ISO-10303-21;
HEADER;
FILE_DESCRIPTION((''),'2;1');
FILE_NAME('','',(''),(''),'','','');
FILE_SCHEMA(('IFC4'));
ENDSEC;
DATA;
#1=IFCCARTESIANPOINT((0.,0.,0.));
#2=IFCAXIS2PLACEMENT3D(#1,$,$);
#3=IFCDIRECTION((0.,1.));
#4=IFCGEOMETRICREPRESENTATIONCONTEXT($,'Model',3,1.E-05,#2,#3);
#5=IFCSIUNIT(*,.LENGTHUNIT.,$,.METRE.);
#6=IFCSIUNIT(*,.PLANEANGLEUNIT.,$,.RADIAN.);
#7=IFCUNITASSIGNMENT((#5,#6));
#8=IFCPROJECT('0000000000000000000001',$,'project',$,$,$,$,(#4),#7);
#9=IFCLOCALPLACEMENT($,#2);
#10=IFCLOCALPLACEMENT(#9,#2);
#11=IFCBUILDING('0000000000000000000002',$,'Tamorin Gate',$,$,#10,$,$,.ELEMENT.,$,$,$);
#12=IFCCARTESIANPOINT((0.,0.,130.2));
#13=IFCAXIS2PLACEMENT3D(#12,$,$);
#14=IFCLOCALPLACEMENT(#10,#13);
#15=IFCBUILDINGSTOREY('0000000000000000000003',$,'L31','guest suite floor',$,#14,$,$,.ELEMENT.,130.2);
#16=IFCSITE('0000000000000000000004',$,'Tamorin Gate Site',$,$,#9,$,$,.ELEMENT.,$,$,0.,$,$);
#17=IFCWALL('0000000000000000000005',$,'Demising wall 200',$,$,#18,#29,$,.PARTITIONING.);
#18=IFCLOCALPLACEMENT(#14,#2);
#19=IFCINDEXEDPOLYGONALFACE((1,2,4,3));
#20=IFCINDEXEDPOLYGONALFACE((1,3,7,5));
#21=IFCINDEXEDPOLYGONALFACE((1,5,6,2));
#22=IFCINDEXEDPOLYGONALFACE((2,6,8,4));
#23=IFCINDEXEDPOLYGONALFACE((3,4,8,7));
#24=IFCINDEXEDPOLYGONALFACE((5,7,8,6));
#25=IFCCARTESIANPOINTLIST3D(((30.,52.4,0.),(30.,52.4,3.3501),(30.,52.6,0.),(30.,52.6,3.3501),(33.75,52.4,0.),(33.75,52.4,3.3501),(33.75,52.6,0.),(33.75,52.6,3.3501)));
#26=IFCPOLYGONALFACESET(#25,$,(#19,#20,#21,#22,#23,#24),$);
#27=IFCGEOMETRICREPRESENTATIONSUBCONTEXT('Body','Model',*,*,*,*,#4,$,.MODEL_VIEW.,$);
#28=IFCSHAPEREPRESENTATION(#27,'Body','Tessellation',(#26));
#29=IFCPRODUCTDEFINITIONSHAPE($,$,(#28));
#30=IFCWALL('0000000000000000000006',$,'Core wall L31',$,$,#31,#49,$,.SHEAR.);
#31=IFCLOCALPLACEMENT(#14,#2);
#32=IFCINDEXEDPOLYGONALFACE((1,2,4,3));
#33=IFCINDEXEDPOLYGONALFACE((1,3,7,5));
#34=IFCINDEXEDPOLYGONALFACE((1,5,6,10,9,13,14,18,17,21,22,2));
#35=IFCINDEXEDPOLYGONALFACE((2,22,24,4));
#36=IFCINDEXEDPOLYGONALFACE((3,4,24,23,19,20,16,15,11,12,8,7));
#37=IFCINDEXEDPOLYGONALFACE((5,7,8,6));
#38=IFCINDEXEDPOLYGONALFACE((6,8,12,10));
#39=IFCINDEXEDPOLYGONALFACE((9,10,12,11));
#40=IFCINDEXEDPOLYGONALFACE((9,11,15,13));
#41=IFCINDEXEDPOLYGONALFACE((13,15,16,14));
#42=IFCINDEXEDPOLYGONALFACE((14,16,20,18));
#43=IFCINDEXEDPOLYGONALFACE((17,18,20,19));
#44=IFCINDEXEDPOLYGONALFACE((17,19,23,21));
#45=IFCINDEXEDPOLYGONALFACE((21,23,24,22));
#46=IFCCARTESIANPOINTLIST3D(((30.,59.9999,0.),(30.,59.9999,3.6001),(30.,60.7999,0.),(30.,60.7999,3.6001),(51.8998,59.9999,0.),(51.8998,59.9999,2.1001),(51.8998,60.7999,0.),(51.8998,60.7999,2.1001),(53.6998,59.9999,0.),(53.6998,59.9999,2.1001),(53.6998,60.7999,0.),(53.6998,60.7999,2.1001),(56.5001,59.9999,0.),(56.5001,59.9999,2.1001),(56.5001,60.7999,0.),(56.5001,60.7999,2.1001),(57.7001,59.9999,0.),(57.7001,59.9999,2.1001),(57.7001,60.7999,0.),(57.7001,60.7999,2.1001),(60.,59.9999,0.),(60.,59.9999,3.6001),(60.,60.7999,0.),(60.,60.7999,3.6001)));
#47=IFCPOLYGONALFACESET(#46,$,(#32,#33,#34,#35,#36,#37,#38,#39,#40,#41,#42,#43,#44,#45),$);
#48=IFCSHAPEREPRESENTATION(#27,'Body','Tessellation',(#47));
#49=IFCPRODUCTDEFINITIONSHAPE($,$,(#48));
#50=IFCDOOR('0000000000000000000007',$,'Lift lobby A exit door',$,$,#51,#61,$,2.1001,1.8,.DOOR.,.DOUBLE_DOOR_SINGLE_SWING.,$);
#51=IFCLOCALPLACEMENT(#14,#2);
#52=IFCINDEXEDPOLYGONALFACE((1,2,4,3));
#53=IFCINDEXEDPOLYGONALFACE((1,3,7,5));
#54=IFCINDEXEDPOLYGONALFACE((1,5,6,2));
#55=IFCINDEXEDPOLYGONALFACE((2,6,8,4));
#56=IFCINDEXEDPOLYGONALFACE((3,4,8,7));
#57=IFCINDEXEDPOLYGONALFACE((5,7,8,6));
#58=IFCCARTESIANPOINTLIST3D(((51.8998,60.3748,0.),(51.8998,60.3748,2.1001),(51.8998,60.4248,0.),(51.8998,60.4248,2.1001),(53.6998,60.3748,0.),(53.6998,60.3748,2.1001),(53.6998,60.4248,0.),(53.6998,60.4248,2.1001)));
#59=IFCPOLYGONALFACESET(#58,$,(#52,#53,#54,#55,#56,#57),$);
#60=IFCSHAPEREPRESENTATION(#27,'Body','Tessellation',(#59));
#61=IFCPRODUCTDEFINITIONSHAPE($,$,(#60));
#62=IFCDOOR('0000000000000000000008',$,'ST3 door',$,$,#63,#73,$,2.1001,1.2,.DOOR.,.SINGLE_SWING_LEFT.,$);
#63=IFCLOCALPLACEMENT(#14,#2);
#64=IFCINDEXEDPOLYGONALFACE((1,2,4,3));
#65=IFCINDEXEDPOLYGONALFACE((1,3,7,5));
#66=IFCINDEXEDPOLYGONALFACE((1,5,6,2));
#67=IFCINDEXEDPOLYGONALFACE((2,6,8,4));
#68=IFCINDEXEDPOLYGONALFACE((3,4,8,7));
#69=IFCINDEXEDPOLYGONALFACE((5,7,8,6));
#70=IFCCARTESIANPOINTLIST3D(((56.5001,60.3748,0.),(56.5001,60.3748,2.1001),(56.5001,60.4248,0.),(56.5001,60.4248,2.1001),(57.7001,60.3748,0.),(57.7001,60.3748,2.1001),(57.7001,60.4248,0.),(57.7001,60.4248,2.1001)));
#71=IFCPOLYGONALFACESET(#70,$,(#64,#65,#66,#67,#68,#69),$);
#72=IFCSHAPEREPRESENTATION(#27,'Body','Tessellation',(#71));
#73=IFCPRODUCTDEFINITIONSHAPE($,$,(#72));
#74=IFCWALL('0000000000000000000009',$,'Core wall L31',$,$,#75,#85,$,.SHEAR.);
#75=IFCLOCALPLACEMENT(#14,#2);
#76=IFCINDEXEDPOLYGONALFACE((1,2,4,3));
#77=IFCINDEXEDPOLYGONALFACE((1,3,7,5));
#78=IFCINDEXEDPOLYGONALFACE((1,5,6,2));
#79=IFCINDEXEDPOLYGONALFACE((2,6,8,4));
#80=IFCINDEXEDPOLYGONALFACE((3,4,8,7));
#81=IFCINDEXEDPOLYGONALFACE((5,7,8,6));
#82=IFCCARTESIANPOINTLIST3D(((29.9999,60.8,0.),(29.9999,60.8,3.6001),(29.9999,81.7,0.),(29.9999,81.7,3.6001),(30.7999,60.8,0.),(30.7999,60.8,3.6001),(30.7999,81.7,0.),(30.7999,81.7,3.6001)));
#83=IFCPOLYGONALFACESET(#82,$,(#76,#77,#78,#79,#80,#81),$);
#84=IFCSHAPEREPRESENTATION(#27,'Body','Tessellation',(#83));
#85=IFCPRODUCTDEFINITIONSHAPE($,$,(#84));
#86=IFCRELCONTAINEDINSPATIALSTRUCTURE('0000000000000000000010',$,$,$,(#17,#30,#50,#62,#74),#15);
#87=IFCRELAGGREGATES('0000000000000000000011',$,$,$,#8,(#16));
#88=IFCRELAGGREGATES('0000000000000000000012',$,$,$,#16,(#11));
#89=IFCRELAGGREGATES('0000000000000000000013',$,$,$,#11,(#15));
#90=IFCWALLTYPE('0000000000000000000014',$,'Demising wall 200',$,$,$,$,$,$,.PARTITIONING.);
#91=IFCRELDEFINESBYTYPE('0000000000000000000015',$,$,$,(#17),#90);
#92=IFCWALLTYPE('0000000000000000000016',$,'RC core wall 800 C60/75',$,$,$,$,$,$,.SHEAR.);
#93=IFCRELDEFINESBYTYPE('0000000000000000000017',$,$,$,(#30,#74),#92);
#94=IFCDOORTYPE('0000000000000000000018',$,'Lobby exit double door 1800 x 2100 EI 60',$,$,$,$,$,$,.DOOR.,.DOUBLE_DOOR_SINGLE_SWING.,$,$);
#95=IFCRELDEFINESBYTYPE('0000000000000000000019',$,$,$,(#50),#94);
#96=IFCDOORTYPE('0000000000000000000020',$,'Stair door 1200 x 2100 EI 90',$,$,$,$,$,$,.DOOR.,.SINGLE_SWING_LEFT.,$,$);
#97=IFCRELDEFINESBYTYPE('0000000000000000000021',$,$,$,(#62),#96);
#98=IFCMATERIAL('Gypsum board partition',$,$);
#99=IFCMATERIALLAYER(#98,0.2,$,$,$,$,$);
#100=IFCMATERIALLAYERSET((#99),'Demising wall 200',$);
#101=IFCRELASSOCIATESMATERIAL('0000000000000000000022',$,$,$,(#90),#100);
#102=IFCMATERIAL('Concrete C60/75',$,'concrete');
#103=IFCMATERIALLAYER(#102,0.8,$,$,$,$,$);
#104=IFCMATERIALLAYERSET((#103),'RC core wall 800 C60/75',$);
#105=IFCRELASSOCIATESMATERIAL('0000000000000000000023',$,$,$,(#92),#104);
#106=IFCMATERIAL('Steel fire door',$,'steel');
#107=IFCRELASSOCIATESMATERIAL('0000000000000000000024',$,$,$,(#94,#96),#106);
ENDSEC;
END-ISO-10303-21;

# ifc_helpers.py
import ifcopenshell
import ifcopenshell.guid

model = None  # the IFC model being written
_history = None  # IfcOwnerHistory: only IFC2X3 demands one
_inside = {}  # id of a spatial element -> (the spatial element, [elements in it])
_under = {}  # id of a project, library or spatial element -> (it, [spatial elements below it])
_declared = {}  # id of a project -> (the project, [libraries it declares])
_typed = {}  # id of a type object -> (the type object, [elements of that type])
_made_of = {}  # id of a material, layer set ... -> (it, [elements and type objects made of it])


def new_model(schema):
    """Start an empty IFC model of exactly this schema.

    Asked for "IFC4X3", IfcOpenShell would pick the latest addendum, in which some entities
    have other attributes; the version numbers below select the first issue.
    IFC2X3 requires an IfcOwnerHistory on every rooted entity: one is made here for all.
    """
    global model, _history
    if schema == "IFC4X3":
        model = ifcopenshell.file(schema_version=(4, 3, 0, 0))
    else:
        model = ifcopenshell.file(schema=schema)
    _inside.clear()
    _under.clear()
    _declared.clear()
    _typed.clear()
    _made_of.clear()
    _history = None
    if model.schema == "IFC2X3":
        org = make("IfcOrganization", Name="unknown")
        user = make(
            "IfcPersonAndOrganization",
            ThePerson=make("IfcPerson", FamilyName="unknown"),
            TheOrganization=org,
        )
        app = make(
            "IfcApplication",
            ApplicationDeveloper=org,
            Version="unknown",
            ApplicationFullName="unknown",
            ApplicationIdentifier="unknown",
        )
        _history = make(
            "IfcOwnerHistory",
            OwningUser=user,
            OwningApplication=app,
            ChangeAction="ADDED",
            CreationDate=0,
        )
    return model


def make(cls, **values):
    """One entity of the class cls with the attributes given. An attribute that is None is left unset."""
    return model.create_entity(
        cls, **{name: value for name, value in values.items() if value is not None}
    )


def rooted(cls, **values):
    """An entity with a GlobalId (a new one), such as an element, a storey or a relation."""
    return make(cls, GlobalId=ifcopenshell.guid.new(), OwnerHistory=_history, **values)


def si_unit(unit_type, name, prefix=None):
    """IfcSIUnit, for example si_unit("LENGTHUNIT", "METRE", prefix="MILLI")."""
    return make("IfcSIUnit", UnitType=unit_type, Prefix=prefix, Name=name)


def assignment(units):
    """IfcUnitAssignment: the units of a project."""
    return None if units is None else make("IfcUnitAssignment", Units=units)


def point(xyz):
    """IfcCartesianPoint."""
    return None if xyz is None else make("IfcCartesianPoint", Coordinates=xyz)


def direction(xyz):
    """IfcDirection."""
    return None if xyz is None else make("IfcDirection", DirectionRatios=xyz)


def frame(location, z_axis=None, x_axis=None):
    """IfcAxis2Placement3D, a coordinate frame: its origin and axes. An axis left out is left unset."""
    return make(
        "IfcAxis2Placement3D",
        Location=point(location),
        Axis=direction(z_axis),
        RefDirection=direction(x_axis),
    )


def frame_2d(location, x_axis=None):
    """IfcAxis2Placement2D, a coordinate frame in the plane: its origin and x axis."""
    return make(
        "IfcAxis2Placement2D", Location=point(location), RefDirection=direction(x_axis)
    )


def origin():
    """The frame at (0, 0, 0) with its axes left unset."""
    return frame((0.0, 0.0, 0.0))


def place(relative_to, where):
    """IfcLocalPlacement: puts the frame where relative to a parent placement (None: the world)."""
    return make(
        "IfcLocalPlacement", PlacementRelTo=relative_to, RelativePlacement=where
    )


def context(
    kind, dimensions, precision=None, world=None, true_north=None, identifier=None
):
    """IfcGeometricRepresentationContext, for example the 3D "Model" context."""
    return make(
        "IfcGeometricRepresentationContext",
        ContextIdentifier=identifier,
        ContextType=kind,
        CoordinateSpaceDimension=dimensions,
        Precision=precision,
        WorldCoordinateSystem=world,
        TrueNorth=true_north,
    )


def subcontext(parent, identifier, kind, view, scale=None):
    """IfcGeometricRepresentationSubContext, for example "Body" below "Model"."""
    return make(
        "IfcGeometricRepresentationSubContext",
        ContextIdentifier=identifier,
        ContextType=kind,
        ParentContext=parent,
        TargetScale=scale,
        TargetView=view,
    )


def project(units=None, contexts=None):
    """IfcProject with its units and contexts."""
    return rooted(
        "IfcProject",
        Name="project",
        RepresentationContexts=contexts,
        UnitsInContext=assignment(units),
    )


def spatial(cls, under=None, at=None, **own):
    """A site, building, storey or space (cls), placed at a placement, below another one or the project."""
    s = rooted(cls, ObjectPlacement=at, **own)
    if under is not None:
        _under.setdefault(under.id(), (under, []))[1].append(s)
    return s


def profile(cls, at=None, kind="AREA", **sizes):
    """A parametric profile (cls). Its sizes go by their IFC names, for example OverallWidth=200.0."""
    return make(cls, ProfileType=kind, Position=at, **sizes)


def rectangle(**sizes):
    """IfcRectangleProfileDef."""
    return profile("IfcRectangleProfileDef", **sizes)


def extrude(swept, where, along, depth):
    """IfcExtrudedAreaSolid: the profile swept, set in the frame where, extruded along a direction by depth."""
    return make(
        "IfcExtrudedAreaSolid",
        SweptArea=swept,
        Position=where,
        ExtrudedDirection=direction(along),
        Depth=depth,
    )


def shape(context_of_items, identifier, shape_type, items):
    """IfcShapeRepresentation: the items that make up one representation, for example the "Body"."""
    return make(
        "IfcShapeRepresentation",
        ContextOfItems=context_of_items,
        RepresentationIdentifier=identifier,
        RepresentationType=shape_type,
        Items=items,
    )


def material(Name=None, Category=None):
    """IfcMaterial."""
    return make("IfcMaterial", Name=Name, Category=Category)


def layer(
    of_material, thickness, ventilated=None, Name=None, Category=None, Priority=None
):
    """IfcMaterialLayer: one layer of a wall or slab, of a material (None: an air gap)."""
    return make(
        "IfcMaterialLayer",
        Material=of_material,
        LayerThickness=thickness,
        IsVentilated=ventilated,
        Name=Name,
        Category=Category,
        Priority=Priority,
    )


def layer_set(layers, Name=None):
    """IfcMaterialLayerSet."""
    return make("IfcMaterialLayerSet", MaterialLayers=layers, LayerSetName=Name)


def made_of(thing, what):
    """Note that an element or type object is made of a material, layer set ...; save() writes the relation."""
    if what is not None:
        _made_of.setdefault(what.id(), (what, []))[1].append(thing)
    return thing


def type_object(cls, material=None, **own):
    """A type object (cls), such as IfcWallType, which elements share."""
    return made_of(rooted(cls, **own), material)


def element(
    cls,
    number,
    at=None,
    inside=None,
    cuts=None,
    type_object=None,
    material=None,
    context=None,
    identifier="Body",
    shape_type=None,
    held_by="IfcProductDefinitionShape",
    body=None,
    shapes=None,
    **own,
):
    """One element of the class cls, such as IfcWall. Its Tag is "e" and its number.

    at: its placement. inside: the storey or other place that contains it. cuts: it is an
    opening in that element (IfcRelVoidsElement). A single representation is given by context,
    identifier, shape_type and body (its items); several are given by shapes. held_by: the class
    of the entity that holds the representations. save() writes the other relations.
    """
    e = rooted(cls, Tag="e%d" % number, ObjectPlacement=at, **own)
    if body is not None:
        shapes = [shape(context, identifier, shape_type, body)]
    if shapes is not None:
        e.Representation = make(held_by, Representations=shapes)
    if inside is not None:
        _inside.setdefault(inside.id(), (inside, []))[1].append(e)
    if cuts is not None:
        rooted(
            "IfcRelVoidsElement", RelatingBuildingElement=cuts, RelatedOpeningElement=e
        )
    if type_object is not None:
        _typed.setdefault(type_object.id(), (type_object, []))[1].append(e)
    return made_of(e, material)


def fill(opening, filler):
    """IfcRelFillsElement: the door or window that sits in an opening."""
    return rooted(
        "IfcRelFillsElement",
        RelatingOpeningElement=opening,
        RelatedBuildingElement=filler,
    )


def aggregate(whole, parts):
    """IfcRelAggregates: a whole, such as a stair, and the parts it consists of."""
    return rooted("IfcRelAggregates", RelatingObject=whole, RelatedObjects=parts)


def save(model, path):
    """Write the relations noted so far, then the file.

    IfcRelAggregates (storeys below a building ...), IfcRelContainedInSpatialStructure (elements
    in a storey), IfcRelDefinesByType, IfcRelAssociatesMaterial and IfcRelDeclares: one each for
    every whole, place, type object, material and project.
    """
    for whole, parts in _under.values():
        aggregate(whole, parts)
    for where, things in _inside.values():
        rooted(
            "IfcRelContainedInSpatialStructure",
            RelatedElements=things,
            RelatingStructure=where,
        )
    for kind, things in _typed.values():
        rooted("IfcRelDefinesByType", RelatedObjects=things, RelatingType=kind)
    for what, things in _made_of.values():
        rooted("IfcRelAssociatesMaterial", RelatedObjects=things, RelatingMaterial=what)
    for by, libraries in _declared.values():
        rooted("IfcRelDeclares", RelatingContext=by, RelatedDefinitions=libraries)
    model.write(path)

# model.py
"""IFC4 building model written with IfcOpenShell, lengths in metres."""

from ifc_helpers import new_model, si_unit, direction, frame, frame_2d, origin, place, context, subcontext, project, spatial, rectangle, extrude, material, layer, layer_set, type_object, element, fill, save


model = new_model("IFC4")

# Units and contexts
model_context = context("Model", 3, precision=1e-05, world=origin(), true_north=direction((0.0, 1.0)))
body_context = subcontext(model_context, "Body", "Model", "MODEL_VIEW")
ifc_project = project(units=[si_unit("LENGTHUNIT", "METRE"), si_unit("PLANEANGLEUNIT", "RADIAN")], contexts=[model_context])

# Site, building, storey
site_placement = place(None, origin())
site = spatial("IfcSite", under=ifc_project, at=site_placement, Name="Tamorin Gate Site", CompositionType="ELEMENT", RefElevation=0.0)
building_placement = place(site_placement, origin())
building = spatial("IfcBuilding", under=site, at=building_placement, Name="Tamorin Gate", CompositionType="ELEMENT")
storey_placement = place(building_placement, frame((0.0, 0.0, 130.2)))
storey = spatial("IfcBuildingStorey", under=building, at=storey_placement, Name="L31", Description="guest suite floor", CompositionType="ELEMENT", Elevation=130.2)

# Shared definitions
ifc_material_1 = material(Name="Gypsum board partition")

# Wall
ifc_layer_1 = layer(ifc_material_1, 0.2)
ifc_layer_set_1 = layer_set([ifc_layer_1], Name="Demising wall 200")
wall_type_1 = type_object("IfcWallType", Name="Demising wall 200", PredefinedType="PARTITIONING", material=ifc_layer_set_1)
wall_1_placement = place(storey_placement, frame((30.0, 52.5, 0.0), z_axis=(0.0, 0.0, 1.0), x_axis=(1.0, 0.0, 0.0)))
element("IfcWall", 1, at=wall_1_placement, inside=storey, type_object=wall_type_1, Name="Demising wall 200", PredefinedType="PARTITIONING", context=body_context, shape_type="SweptSolid", body=[
    extrude(rectangle(XDim=3.75, YDim=0.2, at=frame_2d((1.875, 0.0))), origin(), (0.0, 0.0, 1.0), 3.3501),
])

# Wall, openings, doors
ifc_material_2 = material(Name="Concrete C60/75", Category="concrete")
ifc_layer_2 = layer(ifc_material_2, 0.8)
ifc_layer_set_2 = layer_set([ifc_layer_2], Name="RC core wall 800 C60/75")
wall_type_2 = type_object("IfcWallType", Name="RC core wall 800 C60/75", PredefinedType="SHEAR", material=ifc_layer_set_2)
wall_2_placement = place(storey_placement, frame((30.0, 60.3999, 0.0), z_axis=(0.0, 0.0, 1.0), x_axis=(1.0, 0.0, 0.0)))
wall_2 = element("IfcWall", 2, at=wall_2_placement, inside=storey, type_object=wall_type_2, Name="Core wall L31", PredefinedType="SHEAR", context=body_context, shape_type="SweptSolid", body=[
    extrude(rectangle(XDim=30.0, YDim=0.8, at=frame_2d((15.0, 0.0))), origin(), (0.0, 0.0, 1.0), 3.6001),
])
opening_1_placement = place(wall_2_placement, frame((21.8999, 0.0, 0.0)))
opening_1 = element("IfcOpeningElement", 3, at=opening_1_placement, cuts=wall_2, PredefinedType="OPENING", context=body_context, shape_type="SweptSolid", body=[
    extrude(rectangle(XDim=1.8, YDim=2.1001, at=frame_2d((0.8999, 1.05))), frame((0.0, 0.4099, 0.0), z_axis=(0.0, -1.0, 0.0), x_axis=(1.0, 0.0, 0.0)), (0.0, 0.0, 1.0), 0.8201),
])
opening_2_placement = place(wall_2_placement, frame((26.5, 0.0, 0.0)))
opening_2 = element("IfcOpeningElement", 4, at=opening_2_placement, cuts=wall_2, PredefinedType="OPENING", context=body_context, shape_type="SweptSolid", body=[
    extrude(rectangle(XDim=1.2, YDim=2.1001, at=frame_2d((0.6001, 1.05))), frame((0.0, 0.4099, 0.0), z_axis=(0.0, -1.0, 0.0), x_axis=(1.0, 0.0, 0.0)), (0.0, 0.0, 1.0), 0.8201),
])
ifc_material_3 = material(Name="Steel fire door", Category="steel")
door_type_1 = type_object("IfcDoorType", Name="Lobby exit double door 1800 x 2100 EI 60", OperationType="DOUBLE_DOOR_SINGLE_SWING", PredefinedType="DOOR", material=ifc_material_3)
door_1_placement = place(opening_1_placement, origin())
door_1 = element("IfcDoor", 5, at=door_1_placement, inside=storey, type_object=door_type_1, Name="Lift lobby A exit door", OperationType="DOUBLE_DOOR_SINGLE_SWING", OverallHeight=2.1001, OverallWidth=1.8, PredefinedType="DOOR", context=body_context, shape_type="SweptSolid", body=[
    extrude(rectangle(XDim=1.8, YDim=2.1001, at=frame_2d((0.8999, 1.05))), frame((0.0, 0.0249, 0.0), z_axis=(0.0, -1.0, 0.0), x_axis=(1.0, 0.0, 0.0)), (0.0, 0.0, 1.0), 0.05),
])
fill(opening_1, door_1)
door_type_2 = type_object("IfcDoorType", Name="Stair door 1200 x 2100 EI 90", OperationType="SINGLE_SWING_LEFT", PredefinedType="DOOR", material=ifc_material_3)
door_2_placement = place(opening_2_placement, origin())
door_2 = element("IfcDoor", 6, at=door_2_placement, inside=storey, type_object=door_type_2, Name="ST3 door", OperationType="SINGLE_SWING_LEFT", OverallHeight=2.1001, OverallWidth=1.2, PredefinedType="DOOR", context=body_context, shape_type="SweptSolid", body=[
    extrude(rectangle(XDim=1.2, YDim=2.1001, at=frame_2d((0.6001, 1.05))), frame((0.0, 0.0249, 0.0), z_axis=(0.0, -1.0, 0.0), x_axis=(1.0, 0.0, 0.0)), (0.0, 0.0, 1.0), 0.05),
])
fill(opening_2, door_2)

# Wall
wall_3_placement = place(storey_placement, frame((30.3999, 60.8, 0.0), z_axis=(0.0, 0.0, 1.0), x_axis=(0.0, 1.0, 0.0)))
element("IfcWall", 7, at=wall_3_placement, inside=storey, type_object=wall_type_2, Name="Core wall L31", PredefinedType="SHEAR", context=body_context, shape_type="SweptSolid", body=[
    extrude(rectangle(XDim=20.8999, YDim=0.8, at=frame_2d((10.45, 0.0))), origin(), (0.0, 0.0, 1.0), 3.6001),
])

save(model, "model.ifc")
